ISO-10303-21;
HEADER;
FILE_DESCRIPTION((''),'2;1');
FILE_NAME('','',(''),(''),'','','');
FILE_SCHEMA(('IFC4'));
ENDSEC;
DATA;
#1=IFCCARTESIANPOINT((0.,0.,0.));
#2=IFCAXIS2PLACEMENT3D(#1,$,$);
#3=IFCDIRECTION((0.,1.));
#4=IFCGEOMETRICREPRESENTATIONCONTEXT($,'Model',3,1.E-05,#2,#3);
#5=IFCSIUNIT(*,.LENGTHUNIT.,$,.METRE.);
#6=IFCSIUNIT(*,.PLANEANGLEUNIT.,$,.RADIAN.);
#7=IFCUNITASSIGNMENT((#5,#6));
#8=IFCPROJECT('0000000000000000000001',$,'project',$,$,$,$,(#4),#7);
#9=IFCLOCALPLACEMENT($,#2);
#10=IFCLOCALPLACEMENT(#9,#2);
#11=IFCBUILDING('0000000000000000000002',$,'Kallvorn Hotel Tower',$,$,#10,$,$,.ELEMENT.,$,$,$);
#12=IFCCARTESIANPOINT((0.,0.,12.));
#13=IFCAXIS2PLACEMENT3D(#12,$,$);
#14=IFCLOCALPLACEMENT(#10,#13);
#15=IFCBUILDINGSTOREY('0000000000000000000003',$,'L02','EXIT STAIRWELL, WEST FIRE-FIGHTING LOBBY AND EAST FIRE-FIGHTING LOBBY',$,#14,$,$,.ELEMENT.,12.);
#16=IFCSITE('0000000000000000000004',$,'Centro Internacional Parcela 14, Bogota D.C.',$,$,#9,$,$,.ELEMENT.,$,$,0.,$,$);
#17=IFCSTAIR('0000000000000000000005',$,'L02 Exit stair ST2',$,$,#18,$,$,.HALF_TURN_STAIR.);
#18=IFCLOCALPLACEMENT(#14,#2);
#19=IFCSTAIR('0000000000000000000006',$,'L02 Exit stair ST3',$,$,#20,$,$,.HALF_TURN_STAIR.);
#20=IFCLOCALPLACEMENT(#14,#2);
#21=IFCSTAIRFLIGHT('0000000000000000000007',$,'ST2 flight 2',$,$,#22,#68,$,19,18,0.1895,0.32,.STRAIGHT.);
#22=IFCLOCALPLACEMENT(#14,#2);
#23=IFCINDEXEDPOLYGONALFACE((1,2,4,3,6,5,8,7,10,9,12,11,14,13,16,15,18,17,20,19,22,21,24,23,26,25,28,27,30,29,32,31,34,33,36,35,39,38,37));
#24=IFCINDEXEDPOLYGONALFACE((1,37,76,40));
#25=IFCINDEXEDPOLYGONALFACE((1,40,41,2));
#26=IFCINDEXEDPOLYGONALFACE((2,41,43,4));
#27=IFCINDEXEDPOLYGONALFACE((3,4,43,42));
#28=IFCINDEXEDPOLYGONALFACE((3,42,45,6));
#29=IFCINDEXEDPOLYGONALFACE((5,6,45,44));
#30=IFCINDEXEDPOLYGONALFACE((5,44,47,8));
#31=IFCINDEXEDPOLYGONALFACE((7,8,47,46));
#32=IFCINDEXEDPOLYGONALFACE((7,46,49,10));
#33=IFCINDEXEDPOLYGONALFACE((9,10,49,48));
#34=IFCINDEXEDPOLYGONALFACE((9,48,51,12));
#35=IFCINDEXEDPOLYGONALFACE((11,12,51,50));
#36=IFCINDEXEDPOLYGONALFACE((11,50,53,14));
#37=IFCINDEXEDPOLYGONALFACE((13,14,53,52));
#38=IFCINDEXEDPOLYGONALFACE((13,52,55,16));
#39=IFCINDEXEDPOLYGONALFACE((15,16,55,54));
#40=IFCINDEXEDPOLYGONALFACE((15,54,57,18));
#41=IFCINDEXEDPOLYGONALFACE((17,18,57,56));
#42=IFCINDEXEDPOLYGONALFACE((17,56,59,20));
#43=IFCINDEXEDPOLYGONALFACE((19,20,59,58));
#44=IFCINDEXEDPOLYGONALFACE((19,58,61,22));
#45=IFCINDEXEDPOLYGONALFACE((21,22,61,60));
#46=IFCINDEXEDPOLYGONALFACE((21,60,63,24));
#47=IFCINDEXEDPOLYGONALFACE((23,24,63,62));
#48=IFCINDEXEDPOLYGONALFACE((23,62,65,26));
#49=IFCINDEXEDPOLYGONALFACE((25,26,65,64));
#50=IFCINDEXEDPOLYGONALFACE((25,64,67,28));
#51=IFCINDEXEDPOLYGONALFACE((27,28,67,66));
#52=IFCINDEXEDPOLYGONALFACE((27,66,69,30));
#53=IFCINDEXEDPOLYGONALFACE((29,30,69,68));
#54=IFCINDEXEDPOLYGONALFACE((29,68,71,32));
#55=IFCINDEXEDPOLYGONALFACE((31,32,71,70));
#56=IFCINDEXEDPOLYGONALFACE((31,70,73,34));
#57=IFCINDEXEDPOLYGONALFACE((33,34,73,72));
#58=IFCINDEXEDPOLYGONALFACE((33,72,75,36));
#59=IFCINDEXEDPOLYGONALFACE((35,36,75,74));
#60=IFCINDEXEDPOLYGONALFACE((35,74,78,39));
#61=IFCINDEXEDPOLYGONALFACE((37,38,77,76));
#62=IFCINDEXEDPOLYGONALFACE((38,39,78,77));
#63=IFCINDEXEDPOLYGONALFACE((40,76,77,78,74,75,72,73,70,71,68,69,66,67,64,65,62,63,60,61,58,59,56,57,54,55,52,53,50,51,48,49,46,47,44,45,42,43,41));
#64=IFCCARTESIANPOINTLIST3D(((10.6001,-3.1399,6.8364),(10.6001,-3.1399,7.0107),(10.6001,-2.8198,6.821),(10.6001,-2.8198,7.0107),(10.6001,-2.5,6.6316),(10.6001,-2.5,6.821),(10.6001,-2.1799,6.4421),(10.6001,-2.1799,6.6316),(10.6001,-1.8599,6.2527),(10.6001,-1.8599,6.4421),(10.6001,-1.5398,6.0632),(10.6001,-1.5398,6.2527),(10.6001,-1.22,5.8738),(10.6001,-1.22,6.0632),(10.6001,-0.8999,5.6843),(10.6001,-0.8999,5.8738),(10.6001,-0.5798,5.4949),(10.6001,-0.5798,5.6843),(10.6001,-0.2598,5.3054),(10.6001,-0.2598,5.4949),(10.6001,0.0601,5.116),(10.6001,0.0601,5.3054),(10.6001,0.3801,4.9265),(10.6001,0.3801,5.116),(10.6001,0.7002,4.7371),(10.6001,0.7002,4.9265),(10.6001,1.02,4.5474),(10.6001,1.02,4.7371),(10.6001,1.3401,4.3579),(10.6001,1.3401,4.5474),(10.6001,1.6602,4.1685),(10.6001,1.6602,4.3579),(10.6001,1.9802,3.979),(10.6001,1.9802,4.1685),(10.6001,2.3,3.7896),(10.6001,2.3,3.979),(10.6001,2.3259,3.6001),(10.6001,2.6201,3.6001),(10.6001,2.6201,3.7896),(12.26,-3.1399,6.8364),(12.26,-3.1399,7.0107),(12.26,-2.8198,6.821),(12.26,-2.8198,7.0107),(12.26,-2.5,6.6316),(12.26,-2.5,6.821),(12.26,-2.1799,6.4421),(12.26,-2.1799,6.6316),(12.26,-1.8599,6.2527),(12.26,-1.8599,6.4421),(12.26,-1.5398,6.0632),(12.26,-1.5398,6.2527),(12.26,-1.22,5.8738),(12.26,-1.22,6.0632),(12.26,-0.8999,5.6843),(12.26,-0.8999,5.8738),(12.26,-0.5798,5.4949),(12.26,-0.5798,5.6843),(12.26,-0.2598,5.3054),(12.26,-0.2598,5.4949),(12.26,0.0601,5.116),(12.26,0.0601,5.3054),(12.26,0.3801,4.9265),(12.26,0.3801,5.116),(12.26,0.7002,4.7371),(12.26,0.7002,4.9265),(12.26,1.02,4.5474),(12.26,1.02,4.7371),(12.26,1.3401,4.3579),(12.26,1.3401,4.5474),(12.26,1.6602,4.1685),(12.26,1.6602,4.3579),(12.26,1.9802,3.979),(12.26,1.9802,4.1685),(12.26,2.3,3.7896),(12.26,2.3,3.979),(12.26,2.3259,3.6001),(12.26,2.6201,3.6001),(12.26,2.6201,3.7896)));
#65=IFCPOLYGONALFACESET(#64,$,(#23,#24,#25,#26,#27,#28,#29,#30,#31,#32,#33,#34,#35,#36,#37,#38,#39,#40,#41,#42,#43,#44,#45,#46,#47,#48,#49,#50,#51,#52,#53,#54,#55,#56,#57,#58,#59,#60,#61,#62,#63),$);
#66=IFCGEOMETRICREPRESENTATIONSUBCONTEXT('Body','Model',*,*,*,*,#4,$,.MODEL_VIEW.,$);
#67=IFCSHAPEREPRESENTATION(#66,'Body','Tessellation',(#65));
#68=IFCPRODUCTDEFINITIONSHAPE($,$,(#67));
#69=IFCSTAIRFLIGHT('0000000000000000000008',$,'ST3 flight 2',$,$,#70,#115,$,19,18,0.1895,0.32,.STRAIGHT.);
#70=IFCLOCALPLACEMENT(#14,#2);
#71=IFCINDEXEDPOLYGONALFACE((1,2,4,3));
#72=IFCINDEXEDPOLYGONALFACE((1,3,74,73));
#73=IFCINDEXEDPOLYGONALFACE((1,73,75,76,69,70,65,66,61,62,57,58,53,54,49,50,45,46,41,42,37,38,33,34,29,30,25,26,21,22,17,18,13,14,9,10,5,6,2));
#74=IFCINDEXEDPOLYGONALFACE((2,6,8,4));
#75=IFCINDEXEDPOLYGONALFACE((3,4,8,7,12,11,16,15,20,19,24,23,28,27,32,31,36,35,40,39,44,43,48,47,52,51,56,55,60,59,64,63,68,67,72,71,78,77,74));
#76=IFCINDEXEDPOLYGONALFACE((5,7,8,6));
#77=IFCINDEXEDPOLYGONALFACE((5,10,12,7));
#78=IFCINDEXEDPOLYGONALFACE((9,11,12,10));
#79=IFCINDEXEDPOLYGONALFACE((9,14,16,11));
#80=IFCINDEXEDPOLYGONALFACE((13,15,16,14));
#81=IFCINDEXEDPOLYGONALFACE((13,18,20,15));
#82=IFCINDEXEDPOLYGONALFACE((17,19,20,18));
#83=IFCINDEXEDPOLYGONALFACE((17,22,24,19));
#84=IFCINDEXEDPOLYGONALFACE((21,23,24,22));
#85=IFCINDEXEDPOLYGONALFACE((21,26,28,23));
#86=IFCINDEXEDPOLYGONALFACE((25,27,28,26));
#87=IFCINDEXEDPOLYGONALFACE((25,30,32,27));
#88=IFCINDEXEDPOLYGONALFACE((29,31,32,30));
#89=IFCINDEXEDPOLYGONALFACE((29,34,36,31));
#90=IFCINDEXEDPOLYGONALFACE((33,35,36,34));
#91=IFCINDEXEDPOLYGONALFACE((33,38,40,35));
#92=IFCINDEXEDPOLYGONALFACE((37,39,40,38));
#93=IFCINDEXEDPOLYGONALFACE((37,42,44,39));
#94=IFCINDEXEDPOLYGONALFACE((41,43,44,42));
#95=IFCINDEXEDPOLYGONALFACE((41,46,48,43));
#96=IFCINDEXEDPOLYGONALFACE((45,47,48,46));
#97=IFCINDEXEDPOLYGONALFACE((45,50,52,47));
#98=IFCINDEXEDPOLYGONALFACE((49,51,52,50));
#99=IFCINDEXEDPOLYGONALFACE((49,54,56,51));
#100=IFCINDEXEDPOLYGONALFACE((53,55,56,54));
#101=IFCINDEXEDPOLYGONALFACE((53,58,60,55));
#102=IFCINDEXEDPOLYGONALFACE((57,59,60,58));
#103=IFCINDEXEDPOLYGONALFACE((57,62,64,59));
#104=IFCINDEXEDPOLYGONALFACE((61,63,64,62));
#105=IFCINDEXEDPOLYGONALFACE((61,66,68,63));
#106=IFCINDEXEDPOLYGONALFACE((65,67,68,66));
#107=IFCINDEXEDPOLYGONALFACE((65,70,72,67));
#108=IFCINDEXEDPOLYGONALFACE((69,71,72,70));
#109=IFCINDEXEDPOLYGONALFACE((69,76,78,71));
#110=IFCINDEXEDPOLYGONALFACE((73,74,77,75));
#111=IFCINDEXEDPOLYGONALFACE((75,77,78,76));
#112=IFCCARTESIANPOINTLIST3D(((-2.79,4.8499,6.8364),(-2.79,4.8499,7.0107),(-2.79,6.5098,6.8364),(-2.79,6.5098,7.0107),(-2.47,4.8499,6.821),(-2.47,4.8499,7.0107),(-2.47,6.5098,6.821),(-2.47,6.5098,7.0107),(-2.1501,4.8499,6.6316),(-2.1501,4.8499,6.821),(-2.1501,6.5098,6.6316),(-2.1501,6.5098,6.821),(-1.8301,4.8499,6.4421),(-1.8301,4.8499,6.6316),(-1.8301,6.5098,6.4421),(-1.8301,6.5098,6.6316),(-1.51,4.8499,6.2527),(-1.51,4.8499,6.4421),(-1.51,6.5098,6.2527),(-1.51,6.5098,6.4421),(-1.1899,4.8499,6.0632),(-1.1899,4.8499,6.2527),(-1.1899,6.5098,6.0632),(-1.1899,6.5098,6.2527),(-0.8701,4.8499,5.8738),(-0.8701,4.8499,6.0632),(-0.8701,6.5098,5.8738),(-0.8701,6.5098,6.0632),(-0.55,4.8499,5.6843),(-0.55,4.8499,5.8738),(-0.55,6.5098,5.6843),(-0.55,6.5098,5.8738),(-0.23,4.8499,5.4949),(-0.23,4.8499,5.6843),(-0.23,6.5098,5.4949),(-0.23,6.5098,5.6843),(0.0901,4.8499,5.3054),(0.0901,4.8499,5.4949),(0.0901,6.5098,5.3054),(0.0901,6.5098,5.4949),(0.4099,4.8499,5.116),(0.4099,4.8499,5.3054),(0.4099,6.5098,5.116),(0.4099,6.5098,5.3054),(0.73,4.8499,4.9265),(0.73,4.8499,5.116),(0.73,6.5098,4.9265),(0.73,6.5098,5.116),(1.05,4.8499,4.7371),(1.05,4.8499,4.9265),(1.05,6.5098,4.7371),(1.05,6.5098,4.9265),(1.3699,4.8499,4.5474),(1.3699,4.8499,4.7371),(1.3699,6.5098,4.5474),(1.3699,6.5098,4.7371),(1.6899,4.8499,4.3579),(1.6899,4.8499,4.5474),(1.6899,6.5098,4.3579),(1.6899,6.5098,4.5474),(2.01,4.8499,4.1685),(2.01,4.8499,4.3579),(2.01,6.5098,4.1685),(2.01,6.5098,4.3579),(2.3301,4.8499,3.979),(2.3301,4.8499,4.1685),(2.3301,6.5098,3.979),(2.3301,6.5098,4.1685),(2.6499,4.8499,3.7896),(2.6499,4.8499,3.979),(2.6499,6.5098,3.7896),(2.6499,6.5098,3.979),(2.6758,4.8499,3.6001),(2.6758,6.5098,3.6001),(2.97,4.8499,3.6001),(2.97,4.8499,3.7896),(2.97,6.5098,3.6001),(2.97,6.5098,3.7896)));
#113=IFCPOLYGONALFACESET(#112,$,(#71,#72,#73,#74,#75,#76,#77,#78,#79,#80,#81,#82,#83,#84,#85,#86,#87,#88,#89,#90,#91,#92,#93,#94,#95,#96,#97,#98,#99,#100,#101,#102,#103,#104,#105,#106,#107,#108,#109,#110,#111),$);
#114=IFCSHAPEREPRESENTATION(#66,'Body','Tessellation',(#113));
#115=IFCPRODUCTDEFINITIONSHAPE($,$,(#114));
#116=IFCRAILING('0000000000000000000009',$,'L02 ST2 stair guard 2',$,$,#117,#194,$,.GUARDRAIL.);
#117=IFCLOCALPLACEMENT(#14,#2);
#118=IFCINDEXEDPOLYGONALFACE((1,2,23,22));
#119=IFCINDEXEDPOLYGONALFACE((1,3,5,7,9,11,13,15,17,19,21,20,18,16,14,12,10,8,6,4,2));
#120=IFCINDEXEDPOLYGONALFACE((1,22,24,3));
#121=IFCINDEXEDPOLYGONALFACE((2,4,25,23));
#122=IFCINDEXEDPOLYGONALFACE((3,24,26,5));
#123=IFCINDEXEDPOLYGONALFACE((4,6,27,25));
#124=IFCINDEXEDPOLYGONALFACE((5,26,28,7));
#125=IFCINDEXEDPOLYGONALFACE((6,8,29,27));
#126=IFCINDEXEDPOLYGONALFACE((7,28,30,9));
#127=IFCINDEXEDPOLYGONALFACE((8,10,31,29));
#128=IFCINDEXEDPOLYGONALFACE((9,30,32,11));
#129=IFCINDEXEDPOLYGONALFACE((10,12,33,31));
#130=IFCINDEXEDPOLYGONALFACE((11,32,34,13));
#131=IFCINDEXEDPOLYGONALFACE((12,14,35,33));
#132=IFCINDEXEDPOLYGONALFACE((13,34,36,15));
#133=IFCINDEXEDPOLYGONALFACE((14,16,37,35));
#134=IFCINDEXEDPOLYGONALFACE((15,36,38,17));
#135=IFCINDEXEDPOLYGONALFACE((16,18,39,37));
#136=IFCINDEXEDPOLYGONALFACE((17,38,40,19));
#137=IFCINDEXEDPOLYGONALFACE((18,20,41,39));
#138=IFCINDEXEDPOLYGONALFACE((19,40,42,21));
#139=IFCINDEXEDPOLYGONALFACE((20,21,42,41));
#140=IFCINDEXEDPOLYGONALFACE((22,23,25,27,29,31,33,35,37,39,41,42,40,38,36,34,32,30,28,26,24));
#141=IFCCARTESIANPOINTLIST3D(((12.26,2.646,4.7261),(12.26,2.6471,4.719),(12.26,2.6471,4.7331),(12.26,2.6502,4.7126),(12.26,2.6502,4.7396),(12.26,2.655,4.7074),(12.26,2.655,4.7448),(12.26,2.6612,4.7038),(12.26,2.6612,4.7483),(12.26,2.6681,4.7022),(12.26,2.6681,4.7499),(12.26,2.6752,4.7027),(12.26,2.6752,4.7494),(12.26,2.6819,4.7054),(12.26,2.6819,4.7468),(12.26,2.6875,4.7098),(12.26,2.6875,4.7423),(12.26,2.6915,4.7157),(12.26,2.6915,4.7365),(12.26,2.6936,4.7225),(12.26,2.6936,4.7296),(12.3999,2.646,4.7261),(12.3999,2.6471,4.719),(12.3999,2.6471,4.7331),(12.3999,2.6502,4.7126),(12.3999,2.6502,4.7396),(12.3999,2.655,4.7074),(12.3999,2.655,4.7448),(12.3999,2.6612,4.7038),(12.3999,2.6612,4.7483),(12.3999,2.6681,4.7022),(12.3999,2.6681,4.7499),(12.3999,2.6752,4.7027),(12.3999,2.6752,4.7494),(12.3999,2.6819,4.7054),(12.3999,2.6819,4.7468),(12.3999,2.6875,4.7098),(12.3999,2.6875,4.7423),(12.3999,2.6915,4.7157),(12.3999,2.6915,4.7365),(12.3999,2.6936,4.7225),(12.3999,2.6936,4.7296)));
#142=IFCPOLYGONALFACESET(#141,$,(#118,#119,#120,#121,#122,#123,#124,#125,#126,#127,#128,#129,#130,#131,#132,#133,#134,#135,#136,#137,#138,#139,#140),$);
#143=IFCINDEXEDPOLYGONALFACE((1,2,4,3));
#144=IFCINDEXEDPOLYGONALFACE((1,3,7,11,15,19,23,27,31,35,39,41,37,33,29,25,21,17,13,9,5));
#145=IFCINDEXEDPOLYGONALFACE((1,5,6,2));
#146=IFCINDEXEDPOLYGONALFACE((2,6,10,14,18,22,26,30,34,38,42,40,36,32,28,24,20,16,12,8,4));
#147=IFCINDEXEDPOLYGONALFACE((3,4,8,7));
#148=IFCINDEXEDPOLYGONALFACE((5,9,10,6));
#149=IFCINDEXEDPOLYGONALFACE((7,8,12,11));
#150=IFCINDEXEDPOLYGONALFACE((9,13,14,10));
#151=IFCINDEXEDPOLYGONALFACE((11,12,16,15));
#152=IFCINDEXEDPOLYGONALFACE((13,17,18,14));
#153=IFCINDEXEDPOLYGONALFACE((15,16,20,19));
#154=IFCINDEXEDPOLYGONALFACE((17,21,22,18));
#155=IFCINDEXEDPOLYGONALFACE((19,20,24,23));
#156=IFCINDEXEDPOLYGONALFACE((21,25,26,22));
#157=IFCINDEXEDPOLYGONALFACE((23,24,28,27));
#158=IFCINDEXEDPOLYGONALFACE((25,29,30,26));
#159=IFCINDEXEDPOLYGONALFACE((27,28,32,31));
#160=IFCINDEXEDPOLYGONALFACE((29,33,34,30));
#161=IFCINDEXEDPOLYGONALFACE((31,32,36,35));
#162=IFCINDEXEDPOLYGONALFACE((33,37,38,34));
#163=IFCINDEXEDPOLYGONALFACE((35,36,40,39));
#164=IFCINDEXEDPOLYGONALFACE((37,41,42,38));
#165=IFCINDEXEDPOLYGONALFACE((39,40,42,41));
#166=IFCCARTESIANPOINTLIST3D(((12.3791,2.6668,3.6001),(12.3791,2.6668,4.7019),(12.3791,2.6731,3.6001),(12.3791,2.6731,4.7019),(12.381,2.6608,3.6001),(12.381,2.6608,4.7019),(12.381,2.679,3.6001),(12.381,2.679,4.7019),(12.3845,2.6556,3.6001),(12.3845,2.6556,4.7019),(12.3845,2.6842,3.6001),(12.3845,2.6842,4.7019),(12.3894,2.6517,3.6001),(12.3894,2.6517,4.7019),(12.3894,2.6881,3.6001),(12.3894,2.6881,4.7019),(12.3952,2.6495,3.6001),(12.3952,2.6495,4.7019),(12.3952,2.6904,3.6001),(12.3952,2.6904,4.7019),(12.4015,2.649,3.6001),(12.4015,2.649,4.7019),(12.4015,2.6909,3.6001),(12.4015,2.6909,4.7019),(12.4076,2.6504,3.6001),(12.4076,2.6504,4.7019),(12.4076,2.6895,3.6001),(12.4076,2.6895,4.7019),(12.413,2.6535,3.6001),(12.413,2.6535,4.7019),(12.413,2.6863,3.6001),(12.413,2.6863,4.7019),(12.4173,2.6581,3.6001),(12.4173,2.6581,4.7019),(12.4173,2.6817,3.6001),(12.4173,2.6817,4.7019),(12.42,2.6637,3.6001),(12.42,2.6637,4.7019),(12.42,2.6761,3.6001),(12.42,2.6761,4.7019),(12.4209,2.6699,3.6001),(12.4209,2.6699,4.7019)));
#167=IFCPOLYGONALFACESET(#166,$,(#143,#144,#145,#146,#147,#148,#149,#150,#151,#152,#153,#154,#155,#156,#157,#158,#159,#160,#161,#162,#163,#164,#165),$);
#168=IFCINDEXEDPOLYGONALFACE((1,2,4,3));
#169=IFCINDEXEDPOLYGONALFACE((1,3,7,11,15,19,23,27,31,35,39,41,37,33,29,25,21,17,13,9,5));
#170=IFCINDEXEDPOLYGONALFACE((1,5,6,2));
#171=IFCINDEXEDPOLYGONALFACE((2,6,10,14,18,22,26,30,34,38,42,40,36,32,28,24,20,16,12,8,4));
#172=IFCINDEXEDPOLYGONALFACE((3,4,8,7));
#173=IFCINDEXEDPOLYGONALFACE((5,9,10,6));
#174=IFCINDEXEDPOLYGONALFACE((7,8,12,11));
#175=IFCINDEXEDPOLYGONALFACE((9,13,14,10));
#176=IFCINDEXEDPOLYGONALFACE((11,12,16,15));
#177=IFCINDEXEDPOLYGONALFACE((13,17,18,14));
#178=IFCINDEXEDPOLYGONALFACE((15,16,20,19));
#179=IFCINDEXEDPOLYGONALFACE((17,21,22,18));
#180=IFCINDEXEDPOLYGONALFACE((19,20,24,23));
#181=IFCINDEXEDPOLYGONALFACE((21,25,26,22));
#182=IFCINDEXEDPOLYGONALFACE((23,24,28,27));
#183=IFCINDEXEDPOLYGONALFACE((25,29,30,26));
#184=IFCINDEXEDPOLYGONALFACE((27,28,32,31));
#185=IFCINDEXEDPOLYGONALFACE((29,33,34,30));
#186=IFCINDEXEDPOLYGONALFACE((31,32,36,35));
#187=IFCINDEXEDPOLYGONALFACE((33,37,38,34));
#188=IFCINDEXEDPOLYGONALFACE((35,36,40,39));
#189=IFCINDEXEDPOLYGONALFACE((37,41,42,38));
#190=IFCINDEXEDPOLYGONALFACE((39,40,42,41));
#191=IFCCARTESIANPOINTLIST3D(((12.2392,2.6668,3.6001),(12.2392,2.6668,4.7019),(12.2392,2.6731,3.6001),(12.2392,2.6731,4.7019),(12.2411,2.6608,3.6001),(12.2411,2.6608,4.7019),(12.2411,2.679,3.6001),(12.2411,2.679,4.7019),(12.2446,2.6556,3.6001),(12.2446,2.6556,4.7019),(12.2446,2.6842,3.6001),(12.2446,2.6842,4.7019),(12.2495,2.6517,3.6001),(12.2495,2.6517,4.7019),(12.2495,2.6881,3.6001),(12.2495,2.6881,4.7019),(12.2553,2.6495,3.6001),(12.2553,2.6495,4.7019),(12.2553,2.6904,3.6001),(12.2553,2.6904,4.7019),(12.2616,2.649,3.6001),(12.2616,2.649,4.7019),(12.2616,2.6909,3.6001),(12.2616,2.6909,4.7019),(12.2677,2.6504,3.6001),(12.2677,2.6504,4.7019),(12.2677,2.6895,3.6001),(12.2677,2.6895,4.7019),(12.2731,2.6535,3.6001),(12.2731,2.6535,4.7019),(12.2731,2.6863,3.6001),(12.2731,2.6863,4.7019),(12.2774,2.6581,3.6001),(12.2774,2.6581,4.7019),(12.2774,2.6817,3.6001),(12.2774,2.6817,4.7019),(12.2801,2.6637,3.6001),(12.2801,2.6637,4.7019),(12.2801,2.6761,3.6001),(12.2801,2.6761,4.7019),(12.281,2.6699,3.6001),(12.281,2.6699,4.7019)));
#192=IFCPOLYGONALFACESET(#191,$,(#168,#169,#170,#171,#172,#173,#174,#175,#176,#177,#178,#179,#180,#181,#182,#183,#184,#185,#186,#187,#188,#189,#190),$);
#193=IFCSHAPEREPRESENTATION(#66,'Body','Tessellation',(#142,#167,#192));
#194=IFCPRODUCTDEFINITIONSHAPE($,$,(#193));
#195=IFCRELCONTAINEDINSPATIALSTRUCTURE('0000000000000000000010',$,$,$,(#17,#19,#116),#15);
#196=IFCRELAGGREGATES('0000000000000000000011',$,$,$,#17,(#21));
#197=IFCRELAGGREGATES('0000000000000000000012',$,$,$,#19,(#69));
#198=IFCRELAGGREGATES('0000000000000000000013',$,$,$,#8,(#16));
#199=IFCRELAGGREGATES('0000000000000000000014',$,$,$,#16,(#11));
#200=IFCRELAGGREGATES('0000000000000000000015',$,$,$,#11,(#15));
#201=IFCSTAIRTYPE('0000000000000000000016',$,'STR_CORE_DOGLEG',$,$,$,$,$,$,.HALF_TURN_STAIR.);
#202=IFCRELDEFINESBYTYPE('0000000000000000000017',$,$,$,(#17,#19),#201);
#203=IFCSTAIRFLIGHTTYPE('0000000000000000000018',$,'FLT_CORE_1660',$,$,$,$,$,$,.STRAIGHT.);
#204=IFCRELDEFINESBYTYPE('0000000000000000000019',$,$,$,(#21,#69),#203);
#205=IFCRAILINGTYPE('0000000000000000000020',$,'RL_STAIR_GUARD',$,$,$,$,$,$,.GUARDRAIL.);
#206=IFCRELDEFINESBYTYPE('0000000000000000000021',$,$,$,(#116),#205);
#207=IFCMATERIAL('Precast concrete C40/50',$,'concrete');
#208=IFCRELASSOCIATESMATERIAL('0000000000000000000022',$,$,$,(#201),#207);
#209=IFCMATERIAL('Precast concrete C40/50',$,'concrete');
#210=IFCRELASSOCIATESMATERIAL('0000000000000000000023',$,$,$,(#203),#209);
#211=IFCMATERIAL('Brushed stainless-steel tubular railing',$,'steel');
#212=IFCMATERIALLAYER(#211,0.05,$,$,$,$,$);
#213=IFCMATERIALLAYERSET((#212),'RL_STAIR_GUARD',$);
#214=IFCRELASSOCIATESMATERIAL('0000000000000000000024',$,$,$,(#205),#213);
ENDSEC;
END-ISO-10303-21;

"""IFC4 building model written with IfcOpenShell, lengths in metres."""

from ifc_helpers import new_model, si_unit, direction, frame, origin, origin_2d, place, context, subcontext, project, spatial, polyline, circle, outline, extrude, material, layer, layer_set, type_object, element, aggregate, save


model = new_model("IFC4")

# Units and contexts
model_context = context("Model", 3, precision=1e-05, world=origin(), true_north=direction((0.0, 1.0)))
body_context = subcontext(model_context, "Body", "Model", "MODEL_VIEW")
ifc_project = project(units=[si_unit("LENGTHUNIT", "METRE"), si_unit("PLANEANGLEUNIT", "RADIAN")], contexts=[model_context])

# Site, building, storey
site_placement = place(None, origin())
site = spatial("IfcSite", under=ifc_project, at=site_placement, Name="Centro Internacional Parcela 14, Bogota D.C.", CompositionType="ELEMENT", RefElevation=0.0)
building_placement = place(site_placement, origin())
building = spatial("IfcBuilding", under=site, at=building_placement, Name="Kallvorn Hotel Tower", CompositionType="ELEMENT")
storey_placement = place(building_placement, frame((0.0, 0.0, 12.0)))
storey = spatial("IfcBuildingStorey", under=building, at=storey_placement, Name="L02", Description="EXIT STAIRWELL, WEST FIRE-FIGHTING LOBBY AND EAST FIRE-FIGHTING LOBBY", CompositionType="ELEMENT", Elevation=12.0)

# Stairs
ifc_material_1 = material(Name="Precast concrete C40/50", Category="concrete")
stair_type_1 = type_object("IfcStairType", Name="STR_CORE_DOGLEG", PredefinedType="HALF_TURN_STAIR", material=ifc_material_1)
stair_1_placement = place(storey_placement, origin())
stair_1 = element("IfcStair", 1, at=stair_1_placement, inside=storey, type_object=stair_type_1, Name="L02 Exit stair ST2", PredefinedType="HALF_TURN_STAIR")
stair_2_placement = place(storey_placement, origin())
stair_2 = element("IfcStair", 2, at=stair_2_placement, inside=storey, type_object=stair_type_1, Name="L02 Exit stair ST3", PredefinedType="HALF_TURN_STAIR")

# Stair flights
ifc_material_2 = material(Name="Precast concrete C40/50", Category="concrete")
stair_flight_type = type_object("IfcStairFlightType", Name="FLT_CORE_1660", PredefinedType="STRAIGHT", material=ifc_material_2)
stair_flight_1_placement = place(storey_placement, frame((11.4299, 2.6201, 3.6001), z_axis=(0.0, 0.0, 1.0), x_axis=(0.0, -1.0, 0.0)))
stair_flight_1 = element("IfcStairFlight", 3, at=stair_flight_1_placement, type_object=stair_flight_type, Name="ST2 flight 2", NumberOfRisers=19, NumberOfTreads=18, PredefinedType="STRAIGHT", RiserHeight=0.1895, TreadLength=0.32, context=body_context, shape_type="SweptSolid", body=[
    extrude(outline(polyline([(0.0, 0.0), (0.0, 0.1895), (0.3201, 0.1895), (0.3201, 0.3789), (0.6399, 0.3789), (0.6399, 0.5684), (0.96, 0.5684), (0.96, 0.7578), (1.28, 0.7578), (1.28, 0.9473), (1.6001, 0.9473), (1.6001, 1.137), (1.9199, 1.137), (1.9199, 1.3264), (2.24, 1.3264), (2.24, 1.5159), (2.5601, 1.5159), (2.5601, 1.7053), (2.8799, 1.7053), (2.8799, 1.8948), (3.2, 1.8948), (3.2, 2.0842), (3.52, 2.0842), (3.52, 2.2737), (3.8401, 2.2737), (3.8401, 2.4631), (4.1599, 2.4631), (4.1599, 2.6526), (4.48, 2.6526), (4.48, 2.842), (4.8, 2.842), (4.8, 3.0315), (5.1201, 3.0315), (5.1201, 3.2209), (5.4399, 3.2209), (5.4399, 3.4106), (5.76, 3.4106), (5.76, 3.6001), (5.76, 3.2363), (0.2942, 0.0), (0.0, 0.0)])), frame((0.0, 0.8301, 0.0), z_axis=(0.0, -1.0, 0.0), x_axis=(1.0, 0.0, 0.0)), (0.0, 0.0, 1.0), 1.6599),
])
aggregate(stair_1, [stair_flight_1])
stair_flight_2_placement = place(storey_placement, frame((2.97, 5.6799, 3.6001), z_axis=(0.0, 0.0, 1.0), x_axis=(-1.0, 0.0, 0.0)))
stair_flight_2 = element("IfcStairFlight", 4, at=stair_flight_2_placement, type_object=stair_flight_type, Name="ST3 flight 2", NumberOfRisers=19, NumberOfTreads=18, PredefinedType="STRAIGHT", RiserHeight=0.1895, TreadLength=0.32, context=body_context, shape_type="SweptSolid", body=[
    extrude(outline(polyline([(0.0, 0.0), (0.0, 0.1895), (0.3201, 0.1895), (0.3201, 0.3789), (0.6399, 0.3789), (0.6399, 0.5684), (0.96, 0.5684), (0.96, 0.7578), (1.28, 0.7578), (1.28, 0.9473), (1.6001, 0.9473), (1.6001, 1.137), (1.9199, 1.137), (1.9199, 1.3264), (2.24, 1.3264), (2.24, 1.5159), (2.5601, 1.5159), (2.5601, 1.7053), (2.8799, 1.7053), (2.8799, 1.8948), (3.2, 1.8948), (3.2, 2.0842), (3.52, 2.0842), (3.52, 2.2737), (3.8401, 2.2737), (3.8401, 2.4631), (4.1599, 2.4631), (4.1599, 2.6526), (4.48, 2.6526), (4.48, 2.842), (4.8, 2.842), (4.8, 3.0315), (5.1201, 3.0315), (5.1201, 3.2209), (5.4399, 3.2209), (5.4399, 3.4106), (5.76, 3.4106), (5.76, 3.6001), (5.76, 3.2363), (0.2942, 0.0), (0.0, 0.0)])), frame((0.0, 0.8301, 0.0), z_axis=(0.0, -1.0, 0.0), x_axis=(1.0, 0.0, 0.0)), (0.0, 0.0, 1.0), 1.6599),
])
aggregate(stair_2, [stair_flight_2])

# Railing
ifc_material_3 = material(Name="Brushed stainless-steel tubular railing", Category="steel")
ifc_layer_1 = layer(ifc_material_3, 0.05)
ifc_layer_set_1 = layer_set([ifc_layer_1], Name="RL_STAIR_GUARD")
railing_type_1 = type_object("IfcRailingType", Name="RL_STAIR_GUARD", PredefinedType="GUARDRAIL", material=ifc_layer_set_1)
railing_1_placement = place(storey_placement, frame((12.3999, 2.6699, 3.6001)))
element("IfcRailing", 5, at=railing_1_placement, inside=storey, type_object=railing_type_1, Name="L02 ST2 stair guard 2", PredefinedType="GUARDRAIL", context=body_context, shape_type="SweptSolid", body=[
    extrude(circle(Radius=0.0239, at=origin_2d()), frame((0.0, 0.0, 1.126), z_axis=(-1.0, 0.0, 0.0), x_axis=(0.0, -1.0, 0.0)), (0.0, 0.0, 1.0), 0.1399),
    extrude(circle(Radius=0.021, at=origin_2d()), origin(), (0.0, 0.0, 1.0), 1.1018),
    extrude(circle(Radius=0.021, at=origin_2d()), frame((-0.1399, 0.0, 0.0)), (0.0, 0.0, 1.0), 1.1018),
])

save(model, "model.ifc")
